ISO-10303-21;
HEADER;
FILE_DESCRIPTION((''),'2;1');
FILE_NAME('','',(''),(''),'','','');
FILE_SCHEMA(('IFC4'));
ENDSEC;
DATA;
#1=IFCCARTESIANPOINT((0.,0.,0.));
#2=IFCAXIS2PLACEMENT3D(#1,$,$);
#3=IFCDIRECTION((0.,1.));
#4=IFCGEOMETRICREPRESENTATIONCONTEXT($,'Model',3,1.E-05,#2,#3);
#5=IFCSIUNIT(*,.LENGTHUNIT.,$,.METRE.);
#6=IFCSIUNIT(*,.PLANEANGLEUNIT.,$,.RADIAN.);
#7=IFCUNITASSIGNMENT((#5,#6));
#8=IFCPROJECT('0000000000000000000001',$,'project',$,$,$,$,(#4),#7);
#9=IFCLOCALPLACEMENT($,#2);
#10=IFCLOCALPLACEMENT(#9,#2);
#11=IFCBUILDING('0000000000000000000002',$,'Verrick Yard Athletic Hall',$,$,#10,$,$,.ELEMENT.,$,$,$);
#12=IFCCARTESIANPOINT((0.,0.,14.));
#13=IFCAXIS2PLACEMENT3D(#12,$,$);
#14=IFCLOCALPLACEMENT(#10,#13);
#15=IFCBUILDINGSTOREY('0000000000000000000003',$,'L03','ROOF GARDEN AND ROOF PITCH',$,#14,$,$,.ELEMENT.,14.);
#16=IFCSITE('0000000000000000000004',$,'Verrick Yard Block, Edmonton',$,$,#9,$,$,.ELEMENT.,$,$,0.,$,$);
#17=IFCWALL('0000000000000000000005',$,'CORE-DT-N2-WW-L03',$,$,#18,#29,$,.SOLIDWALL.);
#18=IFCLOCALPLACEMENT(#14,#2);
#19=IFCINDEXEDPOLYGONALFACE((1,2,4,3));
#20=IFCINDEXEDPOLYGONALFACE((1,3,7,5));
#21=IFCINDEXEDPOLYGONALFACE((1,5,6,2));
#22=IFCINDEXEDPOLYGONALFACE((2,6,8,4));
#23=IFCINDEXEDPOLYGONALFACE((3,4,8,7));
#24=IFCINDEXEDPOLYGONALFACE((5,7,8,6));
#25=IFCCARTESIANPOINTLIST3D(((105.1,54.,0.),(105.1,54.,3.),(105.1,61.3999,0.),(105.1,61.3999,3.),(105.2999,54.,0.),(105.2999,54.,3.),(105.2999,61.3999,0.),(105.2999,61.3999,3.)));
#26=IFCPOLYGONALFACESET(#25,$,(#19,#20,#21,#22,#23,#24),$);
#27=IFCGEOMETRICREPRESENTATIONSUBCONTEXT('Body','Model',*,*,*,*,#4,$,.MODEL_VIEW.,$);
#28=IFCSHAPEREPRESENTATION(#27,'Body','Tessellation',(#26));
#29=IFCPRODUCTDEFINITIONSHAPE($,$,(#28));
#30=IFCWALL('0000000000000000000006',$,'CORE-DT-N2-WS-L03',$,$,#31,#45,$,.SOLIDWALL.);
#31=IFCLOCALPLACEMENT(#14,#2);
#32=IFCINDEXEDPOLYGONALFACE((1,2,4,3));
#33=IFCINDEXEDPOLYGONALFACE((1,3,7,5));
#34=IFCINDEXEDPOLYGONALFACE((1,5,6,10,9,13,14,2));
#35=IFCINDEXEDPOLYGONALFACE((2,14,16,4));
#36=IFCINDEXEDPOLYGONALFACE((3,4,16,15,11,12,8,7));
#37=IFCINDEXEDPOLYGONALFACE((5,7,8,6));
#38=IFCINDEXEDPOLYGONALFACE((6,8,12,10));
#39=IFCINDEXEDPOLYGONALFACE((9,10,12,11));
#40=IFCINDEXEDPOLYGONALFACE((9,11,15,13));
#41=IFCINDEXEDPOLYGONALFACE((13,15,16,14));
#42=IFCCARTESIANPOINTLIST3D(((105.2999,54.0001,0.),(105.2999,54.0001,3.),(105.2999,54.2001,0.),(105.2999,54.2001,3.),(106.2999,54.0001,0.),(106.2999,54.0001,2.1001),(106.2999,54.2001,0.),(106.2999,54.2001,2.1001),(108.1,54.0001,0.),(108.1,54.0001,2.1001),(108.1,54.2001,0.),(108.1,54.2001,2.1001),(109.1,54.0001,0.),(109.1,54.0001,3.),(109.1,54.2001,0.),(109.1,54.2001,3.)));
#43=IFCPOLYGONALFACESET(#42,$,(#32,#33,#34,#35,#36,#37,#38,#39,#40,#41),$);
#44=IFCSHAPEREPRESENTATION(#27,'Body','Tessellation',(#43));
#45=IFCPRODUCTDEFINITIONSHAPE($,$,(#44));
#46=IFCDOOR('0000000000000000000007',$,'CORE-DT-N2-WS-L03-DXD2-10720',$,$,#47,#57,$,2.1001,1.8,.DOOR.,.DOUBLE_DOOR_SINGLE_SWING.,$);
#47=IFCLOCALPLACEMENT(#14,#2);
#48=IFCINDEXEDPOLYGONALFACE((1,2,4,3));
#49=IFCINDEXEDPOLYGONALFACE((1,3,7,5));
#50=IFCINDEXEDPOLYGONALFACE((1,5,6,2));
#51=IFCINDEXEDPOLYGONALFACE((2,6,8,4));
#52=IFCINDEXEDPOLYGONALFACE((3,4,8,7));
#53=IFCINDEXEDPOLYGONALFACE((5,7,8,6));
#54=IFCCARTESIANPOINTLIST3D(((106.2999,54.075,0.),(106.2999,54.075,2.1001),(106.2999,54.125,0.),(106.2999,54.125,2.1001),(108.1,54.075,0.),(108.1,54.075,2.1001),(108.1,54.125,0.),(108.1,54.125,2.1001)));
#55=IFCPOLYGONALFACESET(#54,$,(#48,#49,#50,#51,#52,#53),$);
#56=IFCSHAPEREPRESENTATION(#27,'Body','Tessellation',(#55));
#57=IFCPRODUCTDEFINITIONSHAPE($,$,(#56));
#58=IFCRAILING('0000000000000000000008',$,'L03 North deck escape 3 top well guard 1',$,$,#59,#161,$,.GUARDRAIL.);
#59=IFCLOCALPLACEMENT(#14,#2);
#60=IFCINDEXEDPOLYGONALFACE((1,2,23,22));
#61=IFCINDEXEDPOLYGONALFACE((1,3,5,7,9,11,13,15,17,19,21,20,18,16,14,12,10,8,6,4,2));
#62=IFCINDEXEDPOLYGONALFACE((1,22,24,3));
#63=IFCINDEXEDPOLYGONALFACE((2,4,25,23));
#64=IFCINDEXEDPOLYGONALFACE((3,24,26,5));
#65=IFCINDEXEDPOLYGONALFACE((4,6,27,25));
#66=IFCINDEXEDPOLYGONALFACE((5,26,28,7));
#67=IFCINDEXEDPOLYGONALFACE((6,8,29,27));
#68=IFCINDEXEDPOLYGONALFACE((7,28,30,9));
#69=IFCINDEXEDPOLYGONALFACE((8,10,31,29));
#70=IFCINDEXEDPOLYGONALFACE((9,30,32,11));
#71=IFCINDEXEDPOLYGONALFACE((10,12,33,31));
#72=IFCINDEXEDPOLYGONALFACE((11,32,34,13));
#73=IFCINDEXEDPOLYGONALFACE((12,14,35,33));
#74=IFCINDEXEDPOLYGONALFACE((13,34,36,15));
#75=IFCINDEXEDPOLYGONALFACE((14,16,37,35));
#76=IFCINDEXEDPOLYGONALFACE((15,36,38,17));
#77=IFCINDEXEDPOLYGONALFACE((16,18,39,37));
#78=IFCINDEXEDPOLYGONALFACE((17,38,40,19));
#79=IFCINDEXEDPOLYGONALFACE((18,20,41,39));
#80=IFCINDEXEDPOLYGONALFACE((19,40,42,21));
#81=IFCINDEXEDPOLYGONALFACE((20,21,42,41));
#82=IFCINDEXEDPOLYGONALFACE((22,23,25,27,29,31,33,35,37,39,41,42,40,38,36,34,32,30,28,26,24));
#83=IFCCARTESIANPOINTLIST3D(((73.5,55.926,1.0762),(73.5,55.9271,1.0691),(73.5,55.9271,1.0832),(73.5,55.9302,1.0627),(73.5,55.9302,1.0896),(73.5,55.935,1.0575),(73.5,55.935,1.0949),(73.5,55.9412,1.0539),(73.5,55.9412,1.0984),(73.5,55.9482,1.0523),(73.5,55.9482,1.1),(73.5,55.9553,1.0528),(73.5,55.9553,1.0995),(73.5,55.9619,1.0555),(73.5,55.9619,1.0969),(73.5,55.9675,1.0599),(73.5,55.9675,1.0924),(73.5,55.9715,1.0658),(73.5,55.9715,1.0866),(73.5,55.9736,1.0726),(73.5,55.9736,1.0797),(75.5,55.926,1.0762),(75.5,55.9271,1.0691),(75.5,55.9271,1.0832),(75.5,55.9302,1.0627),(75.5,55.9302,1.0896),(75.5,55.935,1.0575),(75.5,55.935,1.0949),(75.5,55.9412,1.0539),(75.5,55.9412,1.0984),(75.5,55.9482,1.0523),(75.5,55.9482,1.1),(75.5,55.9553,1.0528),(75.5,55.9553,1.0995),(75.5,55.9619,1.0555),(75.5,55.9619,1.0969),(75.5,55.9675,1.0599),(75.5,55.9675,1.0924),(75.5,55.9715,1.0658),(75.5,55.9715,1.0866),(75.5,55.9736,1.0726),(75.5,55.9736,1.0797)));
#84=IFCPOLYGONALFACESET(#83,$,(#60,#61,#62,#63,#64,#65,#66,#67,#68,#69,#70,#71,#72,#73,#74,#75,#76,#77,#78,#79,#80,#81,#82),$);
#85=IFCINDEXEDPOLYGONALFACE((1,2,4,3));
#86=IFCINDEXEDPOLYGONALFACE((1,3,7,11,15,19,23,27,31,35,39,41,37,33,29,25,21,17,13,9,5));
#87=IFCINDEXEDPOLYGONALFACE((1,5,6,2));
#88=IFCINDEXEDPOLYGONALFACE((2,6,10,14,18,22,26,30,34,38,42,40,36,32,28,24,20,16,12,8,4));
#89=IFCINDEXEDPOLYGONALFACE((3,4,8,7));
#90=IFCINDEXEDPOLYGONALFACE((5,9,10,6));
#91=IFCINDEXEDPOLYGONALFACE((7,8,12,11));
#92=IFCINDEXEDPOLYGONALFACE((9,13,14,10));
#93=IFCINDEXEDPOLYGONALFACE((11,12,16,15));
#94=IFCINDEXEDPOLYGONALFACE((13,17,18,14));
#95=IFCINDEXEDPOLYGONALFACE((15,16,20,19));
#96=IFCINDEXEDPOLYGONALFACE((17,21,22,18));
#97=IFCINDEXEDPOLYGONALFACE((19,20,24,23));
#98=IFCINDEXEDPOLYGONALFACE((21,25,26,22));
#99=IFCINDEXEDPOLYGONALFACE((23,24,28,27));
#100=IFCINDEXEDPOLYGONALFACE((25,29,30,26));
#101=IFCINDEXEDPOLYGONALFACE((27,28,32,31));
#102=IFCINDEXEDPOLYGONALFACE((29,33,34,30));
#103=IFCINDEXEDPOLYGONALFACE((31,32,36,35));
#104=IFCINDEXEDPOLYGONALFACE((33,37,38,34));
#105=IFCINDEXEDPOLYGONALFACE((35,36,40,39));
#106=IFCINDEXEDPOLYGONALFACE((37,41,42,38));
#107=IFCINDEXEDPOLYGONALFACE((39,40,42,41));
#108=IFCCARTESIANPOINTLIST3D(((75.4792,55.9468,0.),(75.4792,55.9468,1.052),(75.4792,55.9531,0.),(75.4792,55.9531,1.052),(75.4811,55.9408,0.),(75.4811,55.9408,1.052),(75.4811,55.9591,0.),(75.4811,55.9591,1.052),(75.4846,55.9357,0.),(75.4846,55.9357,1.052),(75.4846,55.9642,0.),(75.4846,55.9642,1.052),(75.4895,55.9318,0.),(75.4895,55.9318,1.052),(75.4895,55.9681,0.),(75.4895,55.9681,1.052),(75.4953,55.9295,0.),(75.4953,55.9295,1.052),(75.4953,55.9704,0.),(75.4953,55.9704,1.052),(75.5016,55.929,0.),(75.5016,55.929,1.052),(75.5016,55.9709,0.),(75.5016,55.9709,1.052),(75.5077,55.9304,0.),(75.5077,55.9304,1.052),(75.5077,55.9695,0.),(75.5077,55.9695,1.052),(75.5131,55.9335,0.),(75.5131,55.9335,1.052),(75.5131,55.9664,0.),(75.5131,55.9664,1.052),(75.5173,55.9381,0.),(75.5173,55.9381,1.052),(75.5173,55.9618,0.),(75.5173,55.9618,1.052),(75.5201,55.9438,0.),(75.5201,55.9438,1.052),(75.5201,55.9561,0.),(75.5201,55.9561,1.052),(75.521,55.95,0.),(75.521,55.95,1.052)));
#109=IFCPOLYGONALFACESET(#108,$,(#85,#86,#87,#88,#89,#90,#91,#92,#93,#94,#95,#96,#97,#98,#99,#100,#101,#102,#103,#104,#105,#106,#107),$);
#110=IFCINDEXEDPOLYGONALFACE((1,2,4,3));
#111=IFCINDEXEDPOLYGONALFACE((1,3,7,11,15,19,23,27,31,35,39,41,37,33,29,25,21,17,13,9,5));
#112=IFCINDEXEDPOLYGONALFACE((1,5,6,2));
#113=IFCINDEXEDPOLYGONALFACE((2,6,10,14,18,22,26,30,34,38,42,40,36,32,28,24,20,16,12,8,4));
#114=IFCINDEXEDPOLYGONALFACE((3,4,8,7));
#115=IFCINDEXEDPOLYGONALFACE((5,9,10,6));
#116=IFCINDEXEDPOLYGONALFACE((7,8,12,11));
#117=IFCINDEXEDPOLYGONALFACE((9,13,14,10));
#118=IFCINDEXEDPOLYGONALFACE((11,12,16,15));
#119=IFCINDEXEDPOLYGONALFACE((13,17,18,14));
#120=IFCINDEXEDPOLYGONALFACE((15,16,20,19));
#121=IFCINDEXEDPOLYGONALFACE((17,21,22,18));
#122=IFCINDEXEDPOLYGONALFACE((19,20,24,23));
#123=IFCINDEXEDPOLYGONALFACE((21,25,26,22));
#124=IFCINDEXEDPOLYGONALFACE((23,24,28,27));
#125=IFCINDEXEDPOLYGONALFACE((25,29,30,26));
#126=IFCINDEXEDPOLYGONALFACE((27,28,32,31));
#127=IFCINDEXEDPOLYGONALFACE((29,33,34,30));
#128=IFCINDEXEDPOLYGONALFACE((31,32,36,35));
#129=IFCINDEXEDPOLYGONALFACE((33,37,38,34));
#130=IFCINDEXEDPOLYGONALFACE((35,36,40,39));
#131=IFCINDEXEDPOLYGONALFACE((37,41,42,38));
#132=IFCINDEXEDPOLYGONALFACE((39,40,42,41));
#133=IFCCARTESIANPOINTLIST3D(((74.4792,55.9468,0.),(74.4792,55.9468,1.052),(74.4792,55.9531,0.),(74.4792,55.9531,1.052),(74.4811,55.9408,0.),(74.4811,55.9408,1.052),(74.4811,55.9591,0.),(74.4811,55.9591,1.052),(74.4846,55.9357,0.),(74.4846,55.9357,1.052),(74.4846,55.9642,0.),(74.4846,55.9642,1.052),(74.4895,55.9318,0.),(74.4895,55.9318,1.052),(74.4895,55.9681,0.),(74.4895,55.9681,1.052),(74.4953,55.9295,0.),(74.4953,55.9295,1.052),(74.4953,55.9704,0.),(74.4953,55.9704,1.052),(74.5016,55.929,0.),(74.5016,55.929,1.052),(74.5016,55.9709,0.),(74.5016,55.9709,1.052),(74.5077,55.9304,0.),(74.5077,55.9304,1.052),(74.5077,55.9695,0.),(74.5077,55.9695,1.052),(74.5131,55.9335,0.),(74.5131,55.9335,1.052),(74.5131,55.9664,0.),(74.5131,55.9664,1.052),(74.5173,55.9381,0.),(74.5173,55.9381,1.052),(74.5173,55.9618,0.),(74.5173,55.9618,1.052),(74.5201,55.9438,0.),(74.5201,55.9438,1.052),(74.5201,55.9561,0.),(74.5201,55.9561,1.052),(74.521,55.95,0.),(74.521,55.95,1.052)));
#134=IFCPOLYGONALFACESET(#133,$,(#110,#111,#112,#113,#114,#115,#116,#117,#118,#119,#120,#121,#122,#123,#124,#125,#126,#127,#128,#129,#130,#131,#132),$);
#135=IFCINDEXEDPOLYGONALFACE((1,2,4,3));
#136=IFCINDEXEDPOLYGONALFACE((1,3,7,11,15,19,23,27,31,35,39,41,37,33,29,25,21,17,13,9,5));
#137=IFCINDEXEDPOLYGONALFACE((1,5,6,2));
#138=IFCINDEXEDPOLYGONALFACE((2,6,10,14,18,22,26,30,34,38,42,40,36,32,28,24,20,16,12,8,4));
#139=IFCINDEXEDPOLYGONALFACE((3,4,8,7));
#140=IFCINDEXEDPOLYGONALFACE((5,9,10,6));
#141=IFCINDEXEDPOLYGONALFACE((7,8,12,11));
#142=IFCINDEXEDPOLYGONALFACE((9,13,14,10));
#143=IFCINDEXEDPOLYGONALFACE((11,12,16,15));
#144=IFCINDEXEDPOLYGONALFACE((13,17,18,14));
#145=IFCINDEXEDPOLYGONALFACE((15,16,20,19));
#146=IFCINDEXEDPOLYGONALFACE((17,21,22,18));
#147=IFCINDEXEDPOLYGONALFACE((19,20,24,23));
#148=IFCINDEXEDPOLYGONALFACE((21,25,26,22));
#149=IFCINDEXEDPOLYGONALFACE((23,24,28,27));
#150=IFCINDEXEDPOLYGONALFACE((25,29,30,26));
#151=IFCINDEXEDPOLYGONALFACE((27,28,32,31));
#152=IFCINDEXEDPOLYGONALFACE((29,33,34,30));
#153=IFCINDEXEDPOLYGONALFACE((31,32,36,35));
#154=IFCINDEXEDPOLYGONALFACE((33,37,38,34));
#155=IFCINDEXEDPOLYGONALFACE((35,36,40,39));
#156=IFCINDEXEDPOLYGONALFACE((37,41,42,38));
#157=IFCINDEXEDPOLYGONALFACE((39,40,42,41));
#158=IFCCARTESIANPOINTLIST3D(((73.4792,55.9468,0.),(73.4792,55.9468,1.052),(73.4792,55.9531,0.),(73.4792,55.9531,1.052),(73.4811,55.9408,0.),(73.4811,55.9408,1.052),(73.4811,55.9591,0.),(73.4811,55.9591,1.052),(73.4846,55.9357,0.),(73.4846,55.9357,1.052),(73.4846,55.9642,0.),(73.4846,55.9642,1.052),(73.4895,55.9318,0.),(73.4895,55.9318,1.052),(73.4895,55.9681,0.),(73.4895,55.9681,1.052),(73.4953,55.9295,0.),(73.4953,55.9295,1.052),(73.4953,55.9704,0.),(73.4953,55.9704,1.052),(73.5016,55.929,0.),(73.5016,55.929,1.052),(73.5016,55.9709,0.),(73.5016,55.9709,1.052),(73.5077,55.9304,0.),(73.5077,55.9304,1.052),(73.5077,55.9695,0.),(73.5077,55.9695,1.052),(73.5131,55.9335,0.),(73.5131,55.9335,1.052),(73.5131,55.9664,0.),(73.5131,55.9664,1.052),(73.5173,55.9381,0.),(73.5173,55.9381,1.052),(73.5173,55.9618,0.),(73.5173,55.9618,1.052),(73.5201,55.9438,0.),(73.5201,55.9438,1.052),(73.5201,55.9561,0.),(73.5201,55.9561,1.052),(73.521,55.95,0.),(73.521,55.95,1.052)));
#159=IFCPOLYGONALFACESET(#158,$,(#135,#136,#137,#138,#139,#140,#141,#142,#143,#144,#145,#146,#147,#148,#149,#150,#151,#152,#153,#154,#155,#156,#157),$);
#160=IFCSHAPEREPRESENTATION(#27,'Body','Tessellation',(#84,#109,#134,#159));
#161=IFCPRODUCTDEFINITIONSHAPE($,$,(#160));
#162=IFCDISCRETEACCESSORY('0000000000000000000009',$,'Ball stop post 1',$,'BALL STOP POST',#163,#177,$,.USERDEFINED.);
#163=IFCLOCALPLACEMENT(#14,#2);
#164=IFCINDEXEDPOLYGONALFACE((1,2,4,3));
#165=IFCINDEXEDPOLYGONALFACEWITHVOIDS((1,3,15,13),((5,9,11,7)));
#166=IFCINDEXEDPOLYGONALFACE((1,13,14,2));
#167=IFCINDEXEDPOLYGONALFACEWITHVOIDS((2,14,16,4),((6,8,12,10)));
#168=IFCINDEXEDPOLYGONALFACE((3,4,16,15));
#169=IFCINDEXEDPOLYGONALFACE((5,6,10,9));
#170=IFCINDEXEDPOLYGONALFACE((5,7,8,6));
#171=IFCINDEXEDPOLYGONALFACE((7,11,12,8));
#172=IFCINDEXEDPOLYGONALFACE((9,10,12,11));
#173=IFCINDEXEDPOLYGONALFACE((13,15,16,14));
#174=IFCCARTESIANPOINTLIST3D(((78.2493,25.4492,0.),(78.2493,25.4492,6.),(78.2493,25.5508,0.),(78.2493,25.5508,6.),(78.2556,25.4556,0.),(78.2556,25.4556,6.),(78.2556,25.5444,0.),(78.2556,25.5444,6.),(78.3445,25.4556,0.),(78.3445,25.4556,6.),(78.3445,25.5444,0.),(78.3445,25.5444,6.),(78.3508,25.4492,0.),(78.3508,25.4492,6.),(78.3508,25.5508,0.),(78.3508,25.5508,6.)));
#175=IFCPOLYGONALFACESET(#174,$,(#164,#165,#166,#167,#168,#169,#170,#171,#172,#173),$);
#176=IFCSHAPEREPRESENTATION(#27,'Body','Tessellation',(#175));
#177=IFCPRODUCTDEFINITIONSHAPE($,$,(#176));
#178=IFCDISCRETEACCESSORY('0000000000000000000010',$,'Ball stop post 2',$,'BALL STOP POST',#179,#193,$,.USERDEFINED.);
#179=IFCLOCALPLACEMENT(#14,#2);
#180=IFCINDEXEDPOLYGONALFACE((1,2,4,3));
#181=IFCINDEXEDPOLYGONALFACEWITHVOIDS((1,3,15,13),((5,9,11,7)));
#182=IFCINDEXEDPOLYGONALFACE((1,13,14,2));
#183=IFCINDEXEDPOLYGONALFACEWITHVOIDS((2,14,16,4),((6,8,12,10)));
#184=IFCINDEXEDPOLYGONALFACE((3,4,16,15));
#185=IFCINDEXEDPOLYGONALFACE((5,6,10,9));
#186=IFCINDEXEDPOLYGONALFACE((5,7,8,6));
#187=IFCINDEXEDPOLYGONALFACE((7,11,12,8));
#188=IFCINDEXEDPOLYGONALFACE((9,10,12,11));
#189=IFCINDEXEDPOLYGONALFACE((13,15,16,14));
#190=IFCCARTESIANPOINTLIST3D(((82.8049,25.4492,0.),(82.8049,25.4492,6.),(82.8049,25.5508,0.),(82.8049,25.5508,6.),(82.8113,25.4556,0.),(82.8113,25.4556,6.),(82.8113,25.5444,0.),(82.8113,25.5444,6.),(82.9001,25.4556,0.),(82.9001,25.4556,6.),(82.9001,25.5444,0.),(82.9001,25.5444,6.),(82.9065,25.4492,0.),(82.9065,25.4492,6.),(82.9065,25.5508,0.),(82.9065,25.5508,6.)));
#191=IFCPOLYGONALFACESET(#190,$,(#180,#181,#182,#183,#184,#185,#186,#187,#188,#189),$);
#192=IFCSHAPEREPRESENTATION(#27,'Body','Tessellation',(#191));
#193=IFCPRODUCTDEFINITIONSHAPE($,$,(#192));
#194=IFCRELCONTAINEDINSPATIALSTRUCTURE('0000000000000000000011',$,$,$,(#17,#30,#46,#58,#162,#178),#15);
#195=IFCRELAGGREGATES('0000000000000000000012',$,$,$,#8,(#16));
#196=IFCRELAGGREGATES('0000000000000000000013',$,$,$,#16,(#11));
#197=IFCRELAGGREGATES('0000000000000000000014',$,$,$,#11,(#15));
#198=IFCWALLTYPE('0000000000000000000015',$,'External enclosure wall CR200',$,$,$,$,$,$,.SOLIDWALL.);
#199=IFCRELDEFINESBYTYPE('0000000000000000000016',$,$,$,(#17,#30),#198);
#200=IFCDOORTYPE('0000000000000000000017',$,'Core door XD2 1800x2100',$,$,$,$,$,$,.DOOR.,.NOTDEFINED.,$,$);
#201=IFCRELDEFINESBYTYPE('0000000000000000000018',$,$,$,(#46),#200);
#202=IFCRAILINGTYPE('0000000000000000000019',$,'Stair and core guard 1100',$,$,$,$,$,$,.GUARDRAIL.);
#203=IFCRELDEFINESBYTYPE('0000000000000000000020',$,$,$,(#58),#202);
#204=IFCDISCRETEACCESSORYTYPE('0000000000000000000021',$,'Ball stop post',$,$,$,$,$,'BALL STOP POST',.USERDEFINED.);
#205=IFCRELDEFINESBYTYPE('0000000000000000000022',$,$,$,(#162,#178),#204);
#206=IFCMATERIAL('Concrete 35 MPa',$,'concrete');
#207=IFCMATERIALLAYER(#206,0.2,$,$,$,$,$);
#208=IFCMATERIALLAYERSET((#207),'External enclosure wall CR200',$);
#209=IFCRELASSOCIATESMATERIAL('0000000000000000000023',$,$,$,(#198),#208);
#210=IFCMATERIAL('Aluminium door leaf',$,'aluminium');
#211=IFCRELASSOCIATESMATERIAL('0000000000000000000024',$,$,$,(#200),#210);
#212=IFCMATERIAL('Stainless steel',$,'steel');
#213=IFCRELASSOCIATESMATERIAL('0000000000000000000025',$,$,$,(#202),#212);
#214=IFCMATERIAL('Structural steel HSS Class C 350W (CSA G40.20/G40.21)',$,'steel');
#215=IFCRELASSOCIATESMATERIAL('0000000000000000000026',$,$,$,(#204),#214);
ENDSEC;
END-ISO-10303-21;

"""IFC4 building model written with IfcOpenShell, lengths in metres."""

from ifc_helpers import new_model, si_unit, direction, frame, frame_2d, origin, origin_2d, place, context, subcontext, project, spatial, rectangle, hollow_rectangle, circle, extrude, material, layer, layer_set, type_object, element, fill, save


model = new_model("IFC4")

# Units and contexts
model_context = context("Model", 3, precision=1e-05, world=origin(), true_north=direction((0.0, 1.0)))
body_context = subcontext(model_context, "Body", "Model", "MODEL_VIEW")
ifc_project = project(units=[si_unit("LENGTHUNIT", "METRE"), si_unit("PLANEANGLEUNIT", "RADIAN")], contexts=[model_context])

# Site, building, storey
site_placement = place(None, origin())
site = spatial("IfcSite", under=ifc_project, at=site_placement, Name="Verrick Yard Block, Edmonton", CompositionType="ELEMENT", RefElevation=0.0)
building_placement = place(site_placement, origin())
building = spatial("IfcBuilding", under=site, at=building_placement, Name="Verrick Yard Athletic Hall", CompositionType="ELEMENT")
storey_placement = place(building_placement, frame((0.0, 0.0, 14.0)))
storey = spatial("IfcBuildingStorey", under=building, at=storey_placement, Name="L03", Description="ROOF GARDEN AND ROOF PITCH", CompositionType="ELEMENT", Elevation=14.0)

# Wall
ifc_material_1 = material(Name="Concrete 35 MPa", Category="concrete")
ifc_layer = layer(ifc_material_1, 0.2)
ifc_layer_set = layer_set([ifc_layer], Name="External enclosure wall CR200")
wall_type = type_object("IfcWallType", Name="External enclosure wall CR200", PredefinedType="SOLIDWALL", material=ifc_layer_set)
wall_1_placement = place(storey_placement, frame((105.2, 54.0, 0.0), z_axis=(0.0, 0.0, 1.0), x_axis=(0.0, 1.0, 0.0)))
element("IfcWall", 1, at=wall_1_placement, inside=storey, type_object=wall_type, Name="CORE-DT-N2-WW-L03", PredefinedType="SOLIDWALL", context=body_context, shape_type="SweptSolid", body=[
    extrude(rectangle(XDim=7.3999, YDim=0.2, at=frame_2d((3.7, 0.0))), origin(), (0.0, 0.0, 1.0), 3.0),
])

# Wall, opening, door
wall_2_placement = place(storey_placement, frame((105.3, 54.1001, 0.0), z_axis=(0.0, 0.0, 1.0), x_axis=(1.0, 0.0, 0.0)))
wall_2 = element("IfcWall", 2, at=wall_2_placement, inside=storey, type_object=wall_type, Name="CORE-DT-N2-WS-L03", PredefinedType="SOLIDWALL", context=body_context, shape_type="SweptSolid", body=[
    extrude(rectangle(XDim=3.8, YDim=0.2, at=frame_2d((1.8999, 0.0))), origin(), (0.0, 0.0, 1.0), 3.0),
])
opening_placement = place(wall_2_placement, frame((1.0, 0.0, 0.0)))
opening = element("IfcOpeningElement", 3, at=opening_placement, cuts=wall_2, PredefinedType="OPENING", context=body_context, shape_type="SweptSolid", body=[
    extrude(rectangle(XDim=1.8, YDim=2.1001, at=frame_2d((0.8999, 1.05))), frame((0.0, 0.1099, 0.0), z_axis=(0.0, -1.0, 0.0), x_axis=(1.0, 0.0, 0.0)), (0.0, 0.0, 1.0), 0.22),
])
ifc_material_2 = material(Name="Aluminium door leaf", Category="aluminium")
door_type = type_object("IfcDoorType", Name="Core door XD2 1800x2100", OperationType="NOTDEFINED", PredefinedType="DOOR", material=ifc_material_2)
door_placement = place(opening_placement, origin())
door = element("IfcDoor", 4, at=door_placement, inside=storey, type_object=door_type, Name="CORE-DT-N2-WS-L03-DXD2-10720", OperationType="DOUBLE_DOOR_SINGLE_SWING", OverallHeight=2.1001, OverallWidth=1.8, PredefinedType="DOOR", context=body_context, shape_type="SweptSolid", body=[
    extrude(rectangle(XDim=1.8, YDim=2.1001, at=frame_2d((0.8999, 1.05))), frame((0.0, 0.0249, 0.0), z_axis=(0.0, -1.0, 0.0), x_axis=(1.0, 0.0, 0.0)), (0.0, 0.0, 1.0), 0.05),
])
fill(opening, door)

# Railing
ifc_material_3 = material(Name="Stainless steel", Category="steel")
railing_type = type_object("IfcRailingType", Name="Stair and core guard 1100", PredefinedType="GUARDRAIL", material=ifc_material_3)
railing_placement = place(storey_placement, frame((75.5, 55.95, 0.0)))
element("IfcRailing", 5, at=railing_placement, inside=storey, type_object=railing_type, Name="L03 North deck escape 3 top well guard 1", PredefinedType="GUARDRAIL", context=body_context, shape_type="SweptSolid", body=[
    extrude(circle(Radius=0.0239, at=origin_2d()), frame((0.0, 0.0, 1.0762), z_axis=(-1.0, 0.0, 0.0), x_axis=(0.0, -1.0, 0.0)), (0.0, 0.0, 1.0), 2.0),
    extrude(circle(Radius=0.021, at=origin_2d()), origin(), (0.0, 0.0, 1.0), 1.052),
    extrude(circle(Radius=0.021, at=origin_2d()), frame((-1.0, 0.0, 0.0)), (0.0, 0.0, 1.0), 1.052),
    extrude(circle(Radius=0.021, at=origin_2d()), frame((-2.0, 0.0, 0.0)), (0.0, 0.0, 1.0), 1.052),
])

# Discrete accessories
ifc_material_4 = material(Name="Structural steel HSS Class C 350W (CSA G40.20/G40.21)", Category="steel")
discrete_accessory_type = type_object("IfcDiscreteAccessoryType", Name="Ball stop post", ElementType="BALL STOP POST", PredefinedType="USERDEFINED", material=ifc_material_4)
for number, where, z_axis, x_axis, name in (
    (6, (78.3, 25.5, 0.0), (0.0, 0.0, 1.0), (1.0, 0.0, 0.0), "Ball stop post 1"),
    (7, (82.8557, 25.5, 0.0), (0.0, 0.0, 1.0), (1.0, 0.0, 0.0), "Ball stop post 2"),
):
    element("IfcDiscreteAccessory", number, at=place(storey_placement, frame(where, z_axis=z_axis, x_axis=x_axis)), inside=storey, type_object=discrete_accessory_type, Name=name, ObjectType="BALL STOP POST", PredefinedType="USERDEFINED", context=body_context, shape_type="SweptSolid", body=[
        extrude(hollow_rectangle(XDim=0.1016, YDim=0.1016, WallThickness=0.0063, at=origin_2d()), origin(), (0.0, 0.0, 1.0), 6.0),
    ])

save(model, "model.ifc")
